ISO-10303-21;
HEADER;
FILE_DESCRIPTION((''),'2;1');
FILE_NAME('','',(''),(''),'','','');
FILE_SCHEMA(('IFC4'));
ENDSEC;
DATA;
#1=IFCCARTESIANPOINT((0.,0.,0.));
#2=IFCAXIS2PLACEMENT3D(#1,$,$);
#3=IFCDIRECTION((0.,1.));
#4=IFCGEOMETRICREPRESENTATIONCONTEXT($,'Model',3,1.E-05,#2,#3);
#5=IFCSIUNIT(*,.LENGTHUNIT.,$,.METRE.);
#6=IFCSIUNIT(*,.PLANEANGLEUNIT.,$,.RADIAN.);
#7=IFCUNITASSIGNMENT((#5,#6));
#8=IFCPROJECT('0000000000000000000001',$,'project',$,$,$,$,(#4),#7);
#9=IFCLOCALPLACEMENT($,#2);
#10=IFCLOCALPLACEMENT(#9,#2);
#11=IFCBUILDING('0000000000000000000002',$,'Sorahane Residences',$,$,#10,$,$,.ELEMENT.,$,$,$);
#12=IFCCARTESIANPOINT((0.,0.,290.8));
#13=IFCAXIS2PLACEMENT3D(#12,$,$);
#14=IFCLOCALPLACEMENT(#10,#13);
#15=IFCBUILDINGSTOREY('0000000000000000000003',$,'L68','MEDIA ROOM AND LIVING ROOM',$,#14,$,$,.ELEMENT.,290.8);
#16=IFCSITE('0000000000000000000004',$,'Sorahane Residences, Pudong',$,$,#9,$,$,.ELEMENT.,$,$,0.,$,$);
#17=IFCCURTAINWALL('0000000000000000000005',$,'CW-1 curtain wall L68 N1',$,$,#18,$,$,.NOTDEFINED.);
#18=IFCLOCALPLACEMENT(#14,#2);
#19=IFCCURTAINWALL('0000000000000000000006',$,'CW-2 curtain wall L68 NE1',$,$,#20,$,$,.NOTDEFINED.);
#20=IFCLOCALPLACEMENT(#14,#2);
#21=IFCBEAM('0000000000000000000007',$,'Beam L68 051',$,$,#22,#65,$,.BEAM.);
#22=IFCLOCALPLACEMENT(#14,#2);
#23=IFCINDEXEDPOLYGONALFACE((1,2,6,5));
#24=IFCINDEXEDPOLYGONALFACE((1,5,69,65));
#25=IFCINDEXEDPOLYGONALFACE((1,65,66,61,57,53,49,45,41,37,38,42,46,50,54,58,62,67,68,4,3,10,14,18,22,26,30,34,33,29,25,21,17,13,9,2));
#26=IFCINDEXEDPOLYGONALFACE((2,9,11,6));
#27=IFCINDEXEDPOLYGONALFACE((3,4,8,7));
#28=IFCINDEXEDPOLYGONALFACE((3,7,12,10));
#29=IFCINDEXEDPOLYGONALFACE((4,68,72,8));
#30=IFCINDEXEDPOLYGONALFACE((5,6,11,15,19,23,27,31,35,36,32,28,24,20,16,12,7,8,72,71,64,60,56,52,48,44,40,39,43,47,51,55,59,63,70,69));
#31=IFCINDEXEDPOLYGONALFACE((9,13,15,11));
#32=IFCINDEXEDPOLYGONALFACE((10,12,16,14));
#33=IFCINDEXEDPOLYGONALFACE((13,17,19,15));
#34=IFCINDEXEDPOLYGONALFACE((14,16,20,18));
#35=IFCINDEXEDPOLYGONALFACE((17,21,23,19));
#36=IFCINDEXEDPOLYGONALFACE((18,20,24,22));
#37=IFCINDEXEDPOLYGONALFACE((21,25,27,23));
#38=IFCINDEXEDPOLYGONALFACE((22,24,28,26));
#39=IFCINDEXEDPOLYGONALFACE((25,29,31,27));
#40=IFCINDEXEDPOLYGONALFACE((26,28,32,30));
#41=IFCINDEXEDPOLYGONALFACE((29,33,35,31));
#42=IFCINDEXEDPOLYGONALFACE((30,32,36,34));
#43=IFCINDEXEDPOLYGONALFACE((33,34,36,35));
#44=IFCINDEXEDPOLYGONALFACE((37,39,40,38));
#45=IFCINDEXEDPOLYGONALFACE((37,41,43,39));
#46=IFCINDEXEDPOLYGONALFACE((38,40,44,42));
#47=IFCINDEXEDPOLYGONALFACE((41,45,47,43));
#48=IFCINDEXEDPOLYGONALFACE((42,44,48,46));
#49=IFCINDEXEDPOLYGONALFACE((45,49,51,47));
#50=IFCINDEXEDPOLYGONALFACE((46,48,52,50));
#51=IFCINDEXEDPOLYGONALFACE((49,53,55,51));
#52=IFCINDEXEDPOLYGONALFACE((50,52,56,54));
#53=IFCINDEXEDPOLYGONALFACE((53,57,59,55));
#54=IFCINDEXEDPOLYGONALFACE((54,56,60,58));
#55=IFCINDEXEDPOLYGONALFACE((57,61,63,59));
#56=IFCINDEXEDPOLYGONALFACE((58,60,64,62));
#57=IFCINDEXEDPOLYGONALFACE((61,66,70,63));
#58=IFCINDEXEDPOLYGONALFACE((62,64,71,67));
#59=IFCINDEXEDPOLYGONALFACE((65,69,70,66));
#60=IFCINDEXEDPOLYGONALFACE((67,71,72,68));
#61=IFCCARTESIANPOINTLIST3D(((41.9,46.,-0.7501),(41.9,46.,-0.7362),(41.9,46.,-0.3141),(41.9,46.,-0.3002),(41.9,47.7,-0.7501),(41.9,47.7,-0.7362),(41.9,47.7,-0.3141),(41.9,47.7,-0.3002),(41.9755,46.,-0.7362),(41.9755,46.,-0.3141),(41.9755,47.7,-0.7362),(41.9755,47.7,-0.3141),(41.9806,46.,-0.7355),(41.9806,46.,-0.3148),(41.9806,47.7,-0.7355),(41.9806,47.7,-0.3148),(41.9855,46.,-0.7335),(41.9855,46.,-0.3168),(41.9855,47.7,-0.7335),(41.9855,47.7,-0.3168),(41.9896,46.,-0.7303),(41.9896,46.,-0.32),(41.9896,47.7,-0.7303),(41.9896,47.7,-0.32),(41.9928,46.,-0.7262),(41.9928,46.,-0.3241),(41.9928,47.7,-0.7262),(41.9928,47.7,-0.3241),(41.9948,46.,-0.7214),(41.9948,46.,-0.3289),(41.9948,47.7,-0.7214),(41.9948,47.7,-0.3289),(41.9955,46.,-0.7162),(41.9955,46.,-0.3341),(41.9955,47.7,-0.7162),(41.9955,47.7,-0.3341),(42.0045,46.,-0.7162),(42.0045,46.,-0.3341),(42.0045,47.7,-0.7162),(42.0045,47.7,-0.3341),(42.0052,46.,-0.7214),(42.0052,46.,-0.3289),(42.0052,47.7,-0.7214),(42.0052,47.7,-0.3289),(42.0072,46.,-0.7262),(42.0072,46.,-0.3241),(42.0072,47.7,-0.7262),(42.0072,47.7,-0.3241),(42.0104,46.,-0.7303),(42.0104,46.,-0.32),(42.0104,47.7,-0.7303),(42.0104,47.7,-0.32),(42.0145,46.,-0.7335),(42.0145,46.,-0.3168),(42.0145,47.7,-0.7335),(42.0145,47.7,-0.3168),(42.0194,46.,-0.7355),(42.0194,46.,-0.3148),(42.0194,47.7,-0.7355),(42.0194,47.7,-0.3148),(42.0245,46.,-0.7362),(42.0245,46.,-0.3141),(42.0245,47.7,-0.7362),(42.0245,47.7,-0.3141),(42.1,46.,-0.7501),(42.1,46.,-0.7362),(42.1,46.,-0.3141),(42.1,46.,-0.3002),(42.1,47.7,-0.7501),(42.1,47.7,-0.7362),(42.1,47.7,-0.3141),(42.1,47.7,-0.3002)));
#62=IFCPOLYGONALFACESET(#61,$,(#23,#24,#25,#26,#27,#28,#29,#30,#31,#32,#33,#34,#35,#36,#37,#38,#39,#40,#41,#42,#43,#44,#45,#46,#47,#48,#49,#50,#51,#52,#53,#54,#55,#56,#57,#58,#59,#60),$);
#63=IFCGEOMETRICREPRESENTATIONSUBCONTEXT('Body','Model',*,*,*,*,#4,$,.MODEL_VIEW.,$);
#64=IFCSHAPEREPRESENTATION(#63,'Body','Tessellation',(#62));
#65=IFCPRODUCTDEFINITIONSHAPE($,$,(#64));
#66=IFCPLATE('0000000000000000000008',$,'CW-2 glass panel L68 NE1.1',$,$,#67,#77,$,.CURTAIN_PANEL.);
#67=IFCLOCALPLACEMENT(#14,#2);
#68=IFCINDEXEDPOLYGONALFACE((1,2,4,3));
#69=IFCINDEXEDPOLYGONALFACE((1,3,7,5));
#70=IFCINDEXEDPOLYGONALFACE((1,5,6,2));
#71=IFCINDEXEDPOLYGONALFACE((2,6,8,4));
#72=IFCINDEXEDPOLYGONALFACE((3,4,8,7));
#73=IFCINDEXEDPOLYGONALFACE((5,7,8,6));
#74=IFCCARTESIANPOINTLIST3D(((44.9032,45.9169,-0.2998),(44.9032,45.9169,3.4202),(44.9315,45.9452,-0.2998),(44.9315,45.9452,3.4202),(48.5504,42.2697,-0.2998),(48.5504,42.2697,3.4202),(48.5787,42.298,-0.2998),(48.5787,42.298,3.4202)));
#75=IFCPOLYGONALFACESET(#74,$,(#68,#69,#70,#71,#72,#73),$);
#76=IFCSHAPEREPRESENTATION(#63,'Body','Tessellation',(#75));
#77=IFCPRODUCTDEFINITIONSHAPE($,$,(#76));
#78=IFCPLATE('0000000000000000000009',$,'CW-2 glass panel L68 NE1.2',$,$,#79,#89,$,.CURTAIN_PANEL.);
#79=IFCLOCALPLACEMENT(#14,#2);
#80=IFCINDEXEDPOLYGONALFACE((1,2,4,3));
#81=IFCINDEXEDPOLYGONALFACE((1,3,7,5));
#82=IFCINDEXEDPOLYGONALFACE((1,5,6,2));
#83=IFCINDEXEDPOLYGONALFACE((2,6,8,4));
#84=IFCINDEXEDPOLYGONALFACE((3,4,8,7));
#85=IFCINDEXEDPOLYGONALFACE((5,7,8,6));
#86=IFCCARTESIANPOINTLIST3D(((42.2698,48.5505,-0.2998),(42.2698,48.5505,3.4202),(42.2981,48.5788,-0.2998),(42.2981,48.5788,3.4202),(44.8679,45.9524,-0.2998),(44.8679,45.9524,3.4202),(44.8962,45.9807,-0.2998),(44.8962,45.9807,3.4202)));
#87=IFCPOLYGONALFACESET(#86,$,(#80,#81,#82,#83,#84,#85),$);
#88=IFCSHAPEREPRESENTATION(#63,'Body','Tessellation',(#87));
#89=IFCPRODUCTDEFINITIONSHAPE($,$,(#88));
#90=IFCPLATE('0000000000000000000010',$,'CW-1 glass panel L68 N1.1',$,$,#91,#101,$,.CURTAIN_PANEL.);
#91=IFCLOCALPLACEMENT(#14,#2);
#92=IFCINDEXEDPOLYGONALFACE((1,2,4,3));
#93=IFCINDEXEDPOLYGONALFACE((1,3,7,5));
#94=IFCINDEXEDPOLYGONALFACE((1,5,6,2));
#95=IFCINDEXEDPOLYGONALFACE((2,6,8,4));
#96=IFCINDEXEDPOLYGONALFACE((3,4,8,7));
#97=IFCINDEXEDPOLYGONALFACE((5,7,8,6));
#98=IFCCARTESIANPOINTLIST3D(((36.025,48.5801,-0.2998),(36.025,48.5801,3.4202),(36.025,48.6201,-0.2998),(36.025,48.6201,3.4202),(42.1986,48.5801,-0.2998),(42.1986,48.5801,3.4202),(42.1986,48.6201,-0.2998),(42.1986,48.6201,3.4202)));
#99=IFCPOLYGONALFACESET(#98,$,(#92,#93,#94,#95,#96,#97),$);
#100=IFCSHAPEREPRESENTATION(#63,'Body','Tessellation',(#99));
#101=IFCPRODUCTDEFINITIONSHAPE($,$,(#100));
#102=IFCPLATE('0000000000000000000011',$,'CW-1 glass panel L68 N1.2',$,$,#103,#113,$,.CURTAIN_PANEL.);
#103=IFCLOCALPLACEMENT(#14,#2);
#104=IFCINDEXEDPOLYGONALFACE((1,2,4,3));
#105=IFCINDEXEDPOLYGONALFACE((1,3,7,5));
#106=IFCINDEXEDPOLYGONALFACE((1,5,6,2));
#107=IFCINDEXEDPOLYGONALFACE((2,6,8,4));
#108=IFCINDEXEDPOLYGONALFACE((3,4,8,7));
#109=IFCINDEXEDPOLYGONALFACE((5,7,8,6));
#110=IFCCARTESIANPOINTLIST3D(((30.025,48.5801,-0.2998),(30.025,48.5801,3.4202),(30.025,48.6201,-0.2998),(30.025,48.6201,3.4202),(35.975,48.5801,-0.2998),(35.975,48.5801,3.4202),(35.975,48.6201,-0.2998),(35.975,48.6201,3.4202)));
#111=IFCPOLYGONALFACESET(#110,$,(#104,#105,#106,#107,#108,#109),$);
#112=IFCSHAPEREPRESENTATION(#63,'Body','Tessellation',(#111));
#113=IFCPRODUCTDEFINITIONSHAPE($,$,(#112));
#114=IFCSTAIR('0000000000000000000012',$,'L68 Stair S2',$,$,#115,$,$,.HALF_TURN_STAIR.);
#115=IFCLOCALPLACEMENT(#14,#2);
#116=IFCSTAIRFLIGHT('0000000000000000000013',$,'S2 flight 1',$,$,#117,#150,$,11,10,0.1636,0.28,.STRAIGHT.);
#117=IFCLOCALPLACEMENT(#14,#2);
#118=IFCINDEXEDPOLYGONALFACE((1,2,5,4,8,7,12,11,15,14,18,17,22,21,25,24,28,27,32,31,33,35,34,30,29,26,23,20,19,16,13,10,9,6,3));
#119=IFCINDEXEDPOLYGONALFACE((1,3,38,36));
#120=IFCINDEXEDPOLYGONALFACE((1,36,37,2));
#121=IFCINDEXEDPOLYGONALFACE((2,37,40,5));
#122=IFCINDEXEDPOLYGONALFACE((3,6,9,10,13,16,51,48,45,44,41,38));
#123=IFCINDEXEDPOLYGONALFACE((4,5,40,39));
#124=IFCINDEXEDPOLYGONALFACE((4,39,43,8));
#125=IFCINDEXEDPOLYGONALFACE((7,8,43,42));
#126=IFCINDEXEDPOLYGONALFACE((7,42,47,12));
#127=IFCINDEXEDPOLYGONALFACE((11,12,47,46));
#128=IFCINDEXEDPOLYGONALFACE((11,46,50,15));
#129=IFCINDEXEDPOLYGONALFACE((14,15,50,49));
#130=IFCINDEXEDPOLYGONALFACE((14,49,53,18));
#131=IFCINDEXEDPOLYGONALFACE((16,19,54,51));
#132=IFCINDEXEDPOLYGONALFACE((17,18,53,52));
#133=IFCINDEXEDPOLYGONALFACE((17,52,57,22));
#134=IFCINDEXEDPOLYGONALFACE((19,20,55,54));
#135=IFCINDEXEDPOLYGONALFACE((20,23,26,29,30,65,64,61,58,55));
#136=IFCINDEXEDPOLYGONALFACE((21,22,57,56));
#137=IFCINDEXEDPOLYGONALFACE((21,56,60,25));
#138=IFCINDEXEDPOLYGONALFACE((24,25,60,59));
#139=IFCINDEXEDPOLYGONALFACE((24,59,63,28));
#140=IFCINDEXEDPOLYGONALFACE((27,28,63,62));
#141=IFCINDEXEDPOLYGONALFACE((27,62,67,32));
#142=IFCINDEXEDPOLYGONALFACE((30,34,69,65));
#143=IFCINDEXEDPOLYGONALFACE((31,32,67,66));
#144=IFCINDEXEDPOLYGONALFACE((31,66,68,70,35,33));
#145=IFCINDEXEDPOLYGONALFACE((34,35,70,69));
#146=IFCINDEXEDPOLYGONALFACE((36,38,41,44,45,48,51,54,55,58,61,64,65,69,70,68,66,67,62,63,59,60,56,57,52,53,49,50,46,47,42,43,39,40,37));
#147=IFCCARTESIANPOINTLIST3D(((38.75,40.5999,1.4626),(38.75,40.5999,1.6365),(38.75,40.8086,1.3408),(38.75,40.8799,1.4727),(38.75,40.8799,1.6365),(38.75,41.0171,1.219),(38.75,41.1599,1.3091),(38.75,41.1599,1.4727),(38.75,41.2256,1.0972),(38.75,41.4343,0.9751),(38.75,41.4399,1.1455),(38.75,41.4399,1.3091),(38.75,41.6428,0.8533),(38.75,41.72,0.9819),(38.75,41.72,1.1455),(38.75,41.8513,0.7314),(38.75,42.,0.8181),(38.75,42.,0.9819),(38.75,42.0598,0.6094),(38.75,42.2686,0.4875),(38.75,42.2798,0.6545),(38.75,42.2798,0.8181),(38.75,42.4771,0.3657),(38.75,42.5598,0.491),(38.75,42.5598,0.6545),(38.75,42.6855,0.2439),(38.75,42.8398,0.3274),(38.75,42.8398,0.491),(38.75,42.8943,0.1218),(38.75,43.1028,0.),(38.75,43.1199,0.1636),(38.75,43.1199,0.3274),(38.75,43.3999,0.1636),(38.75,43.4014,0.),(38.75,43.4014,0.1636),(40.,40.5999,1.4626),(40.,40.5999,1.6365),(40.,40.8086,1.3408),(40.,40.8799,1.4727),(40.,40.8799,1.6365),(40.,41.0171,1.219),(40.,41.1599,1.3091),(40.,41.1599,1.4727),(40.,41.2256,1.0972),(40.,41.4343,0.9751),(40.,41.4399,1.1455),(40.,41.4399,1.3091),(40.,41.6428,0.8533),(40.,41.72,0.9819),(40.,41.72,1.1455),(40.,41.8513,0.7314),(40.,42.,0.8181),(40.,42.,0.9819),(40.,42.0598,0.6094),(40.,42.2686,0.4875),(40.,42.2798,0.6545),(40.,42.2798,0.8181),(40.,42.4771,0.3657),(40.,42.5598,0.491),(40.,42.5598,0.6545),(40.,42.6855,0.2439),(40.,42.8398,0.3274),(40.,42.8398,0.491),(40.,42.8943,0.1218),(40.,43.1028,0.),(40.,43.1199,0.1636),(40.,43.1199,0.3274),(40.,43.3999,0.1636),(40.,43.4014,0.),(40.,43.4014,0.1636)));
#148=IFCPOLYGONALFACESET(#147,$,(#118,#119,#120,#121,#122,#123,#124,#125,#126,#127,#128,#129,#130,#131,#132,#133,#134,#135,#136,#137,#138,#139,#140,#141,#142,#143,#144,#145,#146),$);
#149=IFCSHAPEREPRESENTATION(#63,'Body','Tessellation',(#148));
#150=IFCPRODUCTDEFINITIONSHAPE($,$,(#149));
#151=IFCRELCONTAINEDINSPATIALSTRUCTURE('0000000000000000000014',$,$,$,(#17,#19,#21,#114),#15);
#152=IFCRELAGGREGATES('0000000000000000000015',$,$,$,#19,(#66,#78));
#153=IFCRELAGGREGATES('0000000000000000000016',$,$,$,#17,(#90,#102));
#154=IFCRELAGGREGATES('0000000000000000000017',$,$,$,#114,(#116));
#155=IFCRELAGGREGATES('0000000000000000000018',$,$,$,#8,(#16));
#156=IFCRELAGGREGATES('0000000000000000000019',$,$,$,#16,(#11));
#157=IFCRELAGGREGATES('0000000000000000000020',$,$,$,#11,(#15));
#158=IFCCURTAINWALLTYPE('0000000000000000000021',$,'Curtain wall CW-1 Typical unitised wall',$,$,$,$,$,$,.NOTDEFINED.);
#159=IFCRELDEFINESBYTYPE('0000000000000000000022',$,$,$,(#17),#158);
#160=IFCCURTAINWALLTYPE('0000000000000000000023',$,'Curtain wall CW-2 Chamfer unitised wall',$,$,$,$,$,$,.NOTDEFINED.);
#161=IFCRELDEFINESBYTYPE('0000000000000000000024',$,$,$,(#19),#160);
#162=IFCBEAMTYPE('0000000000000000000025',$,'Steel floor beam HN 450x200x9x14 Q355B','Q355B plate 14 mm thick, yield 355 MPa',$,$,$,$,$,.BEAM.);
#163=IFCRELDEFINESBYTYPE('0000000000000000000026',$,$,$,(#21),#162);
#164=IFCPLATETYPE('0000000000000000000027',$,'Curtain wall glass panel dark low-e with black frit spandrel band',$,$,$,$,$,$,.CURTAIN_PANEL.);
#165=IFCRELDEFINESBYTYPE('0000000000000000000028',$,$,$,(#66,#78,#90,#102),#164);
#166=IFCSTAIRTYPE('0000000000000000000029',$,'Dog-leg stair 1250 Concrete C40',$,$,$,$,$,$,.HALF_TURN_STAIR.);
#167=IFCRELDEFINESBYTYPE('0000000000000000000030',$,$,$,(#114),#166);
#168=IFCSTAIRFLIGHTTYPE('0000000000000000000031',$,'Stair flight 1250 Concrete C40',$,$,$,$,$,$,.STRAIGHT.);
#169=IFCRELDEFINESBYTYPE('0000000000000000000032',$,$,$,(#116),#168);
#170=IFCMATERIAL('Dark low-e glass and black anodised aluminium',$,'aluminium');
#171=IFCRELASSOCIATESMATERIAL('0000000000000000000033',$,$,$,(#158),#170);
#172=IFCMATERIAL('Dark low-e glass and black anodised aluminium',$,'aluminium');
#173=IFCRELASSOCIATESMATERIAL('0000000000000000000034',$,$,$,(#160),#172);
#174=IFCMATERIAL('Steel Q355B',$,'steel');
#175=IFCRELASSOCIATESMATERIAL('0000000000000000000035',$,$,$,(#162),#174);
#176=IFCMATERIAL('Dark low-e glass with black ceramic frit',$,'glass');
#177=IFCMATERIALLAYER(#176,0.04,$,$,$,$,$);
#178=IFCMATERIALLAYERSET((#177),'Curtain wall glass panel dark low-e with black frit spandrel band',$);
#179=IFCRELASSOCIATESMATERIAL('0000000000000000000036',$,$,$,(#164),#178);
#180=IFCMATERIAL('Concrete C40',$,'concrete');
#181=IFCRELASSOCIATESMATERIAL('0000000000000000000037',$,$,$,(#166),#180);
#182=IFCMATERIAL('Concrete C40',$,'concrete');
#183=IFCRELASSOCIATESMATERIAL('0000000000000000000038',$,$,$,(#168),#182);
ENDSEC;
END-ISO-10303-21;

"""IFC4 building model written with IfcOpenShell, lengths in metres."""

from ifc_helpers import new_model, si_unit, direction, frame, origin, origin_2d, place, context, subcontext, project, spatial, polyline, rectangle, i_section, outline, extrude, material, layer, layer_set, material_profile, profile_set, type_object, element, aggregate, save


model = new_model("IFC4")

# Units and contexts
model_context = context("Model", 3, precision=1e-05, world=origin(), true_north=direction((0.0, 1.0)))
body_context = subcontext(model_context, "Body", "Model", "MODEL_VIEW")
ifc_project = project(units=[si_unit("LENGTHUNIT", "METRE"), si_unit("PLANEANGLEUNIT", "RADIAN")], contexts=[model_context])

# Site, building, storey
site_placement = place(None, origin())
site = spatial("IfcSite", under=ifc_project, at=site_placement, Name="Sorahane Residences, Pudong", CompositionType="ELEMENT", RefElevation=0.0)
building_placement = place(site_placement, origin())
building = spatial("IfcBuilding", under=site, at=building_placement, Name="Sorahane Residences", CompositionType="ELEMENT")
storey_placement = place(building_placement, frame((0.0, 0.0, 290.8)))
storey = spatial("IfcBuildingStorey", under=building, at=storey_placement, Name="L68", Description="MEDIA ROOM AND LIVING ROOM", CompositionType="ELEMENT", Elevation=290.8)

# Curtain wall
ifc_material_1 = material(Name="Dark low-e glass and black anodised aluminium", Category="aluminium")
curtain_wall_type_1 = type_object("IfcCurtainWallType", Name="Curtain wall CW-1 Typical unitised wall", PredefinedType="NOTDEFINED", material=ifc_material_1)
curtain_wall_1_placement = place(storey_placement, origin())
curtain_wall_1 = element("IfcCurtainWall", 1, at=curtain_wall_1_placement, inside=storey, type_object=curtain_wall_type_1, Name="CW-1 curtain wall L68 N1", PredefinedType="NOTDEFINED")

# Curtain wall
ifc_material_2 = material(Name="Dark low-e glass and black anodised aluminium", Category="aluminium")
curtain_wall_type_2 = type_object("IfcCurtainWallType", Name="Curtain wall CW-2 Chamfer unitised wall", PredefinedType="NOTDEFINED", material=ifc_material_2)
curtain_wall_2_placement = place(storey_placement, origin())
curtain_wall_2 = element("IfcCurtainWall", 2, at=curtain_wall_2_placement, inside=storey, type_object=curtain_wall_type_2, Name="CW-2 curtain wall L68 NE1", PredefinedType="NOTDEFINED")

# Beam
ifc_material_3 = material(Name="Steel Q355B", Category="steel")
ifc_material_profile_1 = material_profile(ifc_material_3, i_section(OverallWidth=0.2, OverallDepth=0.45, WebThickness=0.009, FlangeThickness=0.0139, FilletRadius=0.02, at=origin_2d()), Name="HN 450x200x9x14")
ifc_profile_set_1 = profile_set([ifc_material_profile_1], Name="Steel Q355B")
beam_type = type_object("IfcBeamType", Name="Steel floor beam HN 450x200x9x14 Q355B", Description="Q355B plate 14 mm thick, yield 355 MPa", PredefinedType="BEAM", material=ifc_profile_set_1)
for number, where, z_axis, x_axis, name in (
    (3, (42.0, 46.0, -0.5251), (0.0, 1.0, 0.0), (-1.0, 0.0, 0.0), "Beam L68 051"),
):
    element("IfcBeam", number, at=place(storey_placement, frame(where, z_axis=z_axis, x_axis=x_axis)), inside=storey, type_object=beam_type, Name=name, PredefinedType="BEAM", context=body_context, shape_type="SweptSolid", body=[
        extrude(i_section(OverallWidth=0.2, OverallDepth=0.45, WebThickness=0.009, FlangeThickness=0.0139, FilletRadius=0.02, at=origin_2d()), origin(), (0.0, 0.0, 1.0), 1.7),
    ])

# Plates
ifc_material_4 = material(Name="Dark low-e glass with black ceramic frit", Category="glass")
ifc_layer_1 = layer(ifc_material_4, 0.04)
ifc_layer_set_1 = layer_set([ifc_layer_1], Name="Curtain wall glass panel dark low-e with black frit spandrel band")
plate_type = type_object("IfcPlateType", Name="Curtain wall glass panel dark low-e with black frit spandrel band", PredefinedType="CURTAIN_PANEL", material=ifc_layer_set_1)
plate_1_placement = place(storey_placement, frame((46.741, 44.1074, -0.2998), z_axis=(0.0, 0.0, 1.0), x_axis=(-0.707107, 0.707107, 0.0)))
plate_1 = element("IfcPlate", 4, at=plate_1_placement, type_object=plate_type, Name="CW-2 glass panel L68 NE1.1", PredefinedType="CURTAIN_PANEL", context=body_context, shape_type="SweptSolid", body=[
    extrude(rectangle(XDim=5.158, YDim=0.04, at=origin_2d()), origin(), (0.0, 0.0, 1.0), 3.72),
])
plate_2_placement = place(storey_placement, frame((43.583, 47.2656, -0.2998), z_axis=(0.0, 0.0, 1.0), x_axis=(-0.707107, 0.707107, 0.0)))
plate_2 = element("IfcPlate", 5, at=plate_2_placement, type_object=plate_type, Name="CW-2 glass panel L68 NE1.2", PredefinedType="CURTAIN_PANEL", context=body_context, shape_type="SweptSolid", body=[
    extrude(rectangle(XDim=3.6743, YDim=0.04, at=origin_2d()), origin(), (0.0, 0.0, 1.0), 3.72),
])
aggregate(curtain_wall_2, [plate_1, plate_2])
plate_3_placement = place(storey_placement, frame((39.1118, 48.6001, -0.2998), z_axis=(0.0, 0.0, 1.0), x_axis=(-1.0, 0.0, 0.0)))
plate_3 = element("IfcPlate", 6, at=plate_3_placement, type_object=plate_type, Name="CW-1 glass panel L68 N1.1", PredefinedType="CURTAIN_PANEL", context=body_context, shape_type="SweptSolid", body=[
    extrude(rectangle(XDim=6.1736, YDim=0.04, at=origin_2d()), origin(), (0.0, 0.0, 1.0), 3.72),
])
plate_4_placement = place(storey_placement, frame((33.0, 48.6001, -0.2998), z_axis=(0.0, 0.0, 1.0), x_axis=(-1.0, 0.0, 0.0)))
plate_4 = element("IfcPlate", 7, at=plate_4_placement, type_object=plate_type, Name="CW-1 glass panel L68 N1.2", PredefinedType="CURTAIN_PANEL", context=body_context, shape_type="SweptSolid", body=[
    extrude(rectangle(XDim=5.95, YDim=0.04, at=origin_2d()), origin(), (0.0, 0.0, 1.0), 3.72),
])
aggregate(curtain_wall_1, [plate_3, plate_4])

# Stair, stair flight
ifc_material_5 = material(Name="Concrete C40", Category="concrete")
stair_type = type_object("IfcStairType", Name="Dog-leg stair 1250 Concrete C40", PredefinedType="HALF_TURN_STAIR", material=ifc_material_5)
stair_placement = place(storey_placement, origin())
stair = element("IfcStair", 8, at=stair_placement, inside=storey, type_object=stair_type, Name="L68 Stair S2", PredefinedType="HALF_TURN_STAIR")
ifc_material_6 = material(Name="Concrete C40", Category="concrete")
stair_flight_type = type_object("IfcStairFlightType", Name="Stair flight 1250 Concrete C40", PredefinedType="STRAIGHT", material=ifc_material_6)
stair_flight_placement = place(storey_placement, frame((39.375, 43.3999, 0.0), z_axis=(0.0, 0.0, 1.0), x_axis=(0.0, -1.0, 0.0)))
stair_flight = element("IfcStairFlight", 9, at=stair_flight_placement, type_object=stair_flight_type, Name="S2 flight 1", NumberOfRisers=11, NumberOfTreads=10, PredefinedType="STRAIGHT", RiserHeight=0.1636, TreadLength=0.28, context=body_context, shape_type="SweptSolid", body=[
    extrude(outline(polyline([(-0.0015, 0.0), (-0.0015, 0.1636), (0.0, 0.1636), (0.28, 0.1636), (0.28, 0.3274), (0.5601, 0.3274), (0.5601, 0.491), (0.8401, 0.491), (0.8401, 0.6545), (1.1201, 0.6545), (1.1201, 0.8181), (1.3999, 0.8181), (1.3999, 0.9819), (1.6799, 0.9819), (1.6799, 1.1455), (1.96, 1.1455), (1.96, 1.3091), (2.24, 1.3091), (2.24, 1.4727), (2.52, 1.4727), (2.52, 1.6365), (2.8, 1.6365), (2.8, 1.8), (2.8, 1.4626), (2.5913, 1.3408), (2.3828, 1.219), (2.1743, 1.0972), (1.9656, 0.9751), (1.7571, 0.8533), (1.5486, 0.7314), (1.3401, 0.6094), (1.1313, 0.4875), (0.9229, 0.3657), (0.7144, 0.2439), (0.5056, 0.1218), (0.2971, 0.0), (-0.0015, 0.0)])), frame((0.0, 0.625, 0.0), z_axis=(0.0, -1.0, 0.0), x_axis=(1.0, 0.0, 0.0)), (0.0, 0.0, 1.0), 1.25),
])
aggregate(stair, [stair_flight])

save(model, "model.ifc")
